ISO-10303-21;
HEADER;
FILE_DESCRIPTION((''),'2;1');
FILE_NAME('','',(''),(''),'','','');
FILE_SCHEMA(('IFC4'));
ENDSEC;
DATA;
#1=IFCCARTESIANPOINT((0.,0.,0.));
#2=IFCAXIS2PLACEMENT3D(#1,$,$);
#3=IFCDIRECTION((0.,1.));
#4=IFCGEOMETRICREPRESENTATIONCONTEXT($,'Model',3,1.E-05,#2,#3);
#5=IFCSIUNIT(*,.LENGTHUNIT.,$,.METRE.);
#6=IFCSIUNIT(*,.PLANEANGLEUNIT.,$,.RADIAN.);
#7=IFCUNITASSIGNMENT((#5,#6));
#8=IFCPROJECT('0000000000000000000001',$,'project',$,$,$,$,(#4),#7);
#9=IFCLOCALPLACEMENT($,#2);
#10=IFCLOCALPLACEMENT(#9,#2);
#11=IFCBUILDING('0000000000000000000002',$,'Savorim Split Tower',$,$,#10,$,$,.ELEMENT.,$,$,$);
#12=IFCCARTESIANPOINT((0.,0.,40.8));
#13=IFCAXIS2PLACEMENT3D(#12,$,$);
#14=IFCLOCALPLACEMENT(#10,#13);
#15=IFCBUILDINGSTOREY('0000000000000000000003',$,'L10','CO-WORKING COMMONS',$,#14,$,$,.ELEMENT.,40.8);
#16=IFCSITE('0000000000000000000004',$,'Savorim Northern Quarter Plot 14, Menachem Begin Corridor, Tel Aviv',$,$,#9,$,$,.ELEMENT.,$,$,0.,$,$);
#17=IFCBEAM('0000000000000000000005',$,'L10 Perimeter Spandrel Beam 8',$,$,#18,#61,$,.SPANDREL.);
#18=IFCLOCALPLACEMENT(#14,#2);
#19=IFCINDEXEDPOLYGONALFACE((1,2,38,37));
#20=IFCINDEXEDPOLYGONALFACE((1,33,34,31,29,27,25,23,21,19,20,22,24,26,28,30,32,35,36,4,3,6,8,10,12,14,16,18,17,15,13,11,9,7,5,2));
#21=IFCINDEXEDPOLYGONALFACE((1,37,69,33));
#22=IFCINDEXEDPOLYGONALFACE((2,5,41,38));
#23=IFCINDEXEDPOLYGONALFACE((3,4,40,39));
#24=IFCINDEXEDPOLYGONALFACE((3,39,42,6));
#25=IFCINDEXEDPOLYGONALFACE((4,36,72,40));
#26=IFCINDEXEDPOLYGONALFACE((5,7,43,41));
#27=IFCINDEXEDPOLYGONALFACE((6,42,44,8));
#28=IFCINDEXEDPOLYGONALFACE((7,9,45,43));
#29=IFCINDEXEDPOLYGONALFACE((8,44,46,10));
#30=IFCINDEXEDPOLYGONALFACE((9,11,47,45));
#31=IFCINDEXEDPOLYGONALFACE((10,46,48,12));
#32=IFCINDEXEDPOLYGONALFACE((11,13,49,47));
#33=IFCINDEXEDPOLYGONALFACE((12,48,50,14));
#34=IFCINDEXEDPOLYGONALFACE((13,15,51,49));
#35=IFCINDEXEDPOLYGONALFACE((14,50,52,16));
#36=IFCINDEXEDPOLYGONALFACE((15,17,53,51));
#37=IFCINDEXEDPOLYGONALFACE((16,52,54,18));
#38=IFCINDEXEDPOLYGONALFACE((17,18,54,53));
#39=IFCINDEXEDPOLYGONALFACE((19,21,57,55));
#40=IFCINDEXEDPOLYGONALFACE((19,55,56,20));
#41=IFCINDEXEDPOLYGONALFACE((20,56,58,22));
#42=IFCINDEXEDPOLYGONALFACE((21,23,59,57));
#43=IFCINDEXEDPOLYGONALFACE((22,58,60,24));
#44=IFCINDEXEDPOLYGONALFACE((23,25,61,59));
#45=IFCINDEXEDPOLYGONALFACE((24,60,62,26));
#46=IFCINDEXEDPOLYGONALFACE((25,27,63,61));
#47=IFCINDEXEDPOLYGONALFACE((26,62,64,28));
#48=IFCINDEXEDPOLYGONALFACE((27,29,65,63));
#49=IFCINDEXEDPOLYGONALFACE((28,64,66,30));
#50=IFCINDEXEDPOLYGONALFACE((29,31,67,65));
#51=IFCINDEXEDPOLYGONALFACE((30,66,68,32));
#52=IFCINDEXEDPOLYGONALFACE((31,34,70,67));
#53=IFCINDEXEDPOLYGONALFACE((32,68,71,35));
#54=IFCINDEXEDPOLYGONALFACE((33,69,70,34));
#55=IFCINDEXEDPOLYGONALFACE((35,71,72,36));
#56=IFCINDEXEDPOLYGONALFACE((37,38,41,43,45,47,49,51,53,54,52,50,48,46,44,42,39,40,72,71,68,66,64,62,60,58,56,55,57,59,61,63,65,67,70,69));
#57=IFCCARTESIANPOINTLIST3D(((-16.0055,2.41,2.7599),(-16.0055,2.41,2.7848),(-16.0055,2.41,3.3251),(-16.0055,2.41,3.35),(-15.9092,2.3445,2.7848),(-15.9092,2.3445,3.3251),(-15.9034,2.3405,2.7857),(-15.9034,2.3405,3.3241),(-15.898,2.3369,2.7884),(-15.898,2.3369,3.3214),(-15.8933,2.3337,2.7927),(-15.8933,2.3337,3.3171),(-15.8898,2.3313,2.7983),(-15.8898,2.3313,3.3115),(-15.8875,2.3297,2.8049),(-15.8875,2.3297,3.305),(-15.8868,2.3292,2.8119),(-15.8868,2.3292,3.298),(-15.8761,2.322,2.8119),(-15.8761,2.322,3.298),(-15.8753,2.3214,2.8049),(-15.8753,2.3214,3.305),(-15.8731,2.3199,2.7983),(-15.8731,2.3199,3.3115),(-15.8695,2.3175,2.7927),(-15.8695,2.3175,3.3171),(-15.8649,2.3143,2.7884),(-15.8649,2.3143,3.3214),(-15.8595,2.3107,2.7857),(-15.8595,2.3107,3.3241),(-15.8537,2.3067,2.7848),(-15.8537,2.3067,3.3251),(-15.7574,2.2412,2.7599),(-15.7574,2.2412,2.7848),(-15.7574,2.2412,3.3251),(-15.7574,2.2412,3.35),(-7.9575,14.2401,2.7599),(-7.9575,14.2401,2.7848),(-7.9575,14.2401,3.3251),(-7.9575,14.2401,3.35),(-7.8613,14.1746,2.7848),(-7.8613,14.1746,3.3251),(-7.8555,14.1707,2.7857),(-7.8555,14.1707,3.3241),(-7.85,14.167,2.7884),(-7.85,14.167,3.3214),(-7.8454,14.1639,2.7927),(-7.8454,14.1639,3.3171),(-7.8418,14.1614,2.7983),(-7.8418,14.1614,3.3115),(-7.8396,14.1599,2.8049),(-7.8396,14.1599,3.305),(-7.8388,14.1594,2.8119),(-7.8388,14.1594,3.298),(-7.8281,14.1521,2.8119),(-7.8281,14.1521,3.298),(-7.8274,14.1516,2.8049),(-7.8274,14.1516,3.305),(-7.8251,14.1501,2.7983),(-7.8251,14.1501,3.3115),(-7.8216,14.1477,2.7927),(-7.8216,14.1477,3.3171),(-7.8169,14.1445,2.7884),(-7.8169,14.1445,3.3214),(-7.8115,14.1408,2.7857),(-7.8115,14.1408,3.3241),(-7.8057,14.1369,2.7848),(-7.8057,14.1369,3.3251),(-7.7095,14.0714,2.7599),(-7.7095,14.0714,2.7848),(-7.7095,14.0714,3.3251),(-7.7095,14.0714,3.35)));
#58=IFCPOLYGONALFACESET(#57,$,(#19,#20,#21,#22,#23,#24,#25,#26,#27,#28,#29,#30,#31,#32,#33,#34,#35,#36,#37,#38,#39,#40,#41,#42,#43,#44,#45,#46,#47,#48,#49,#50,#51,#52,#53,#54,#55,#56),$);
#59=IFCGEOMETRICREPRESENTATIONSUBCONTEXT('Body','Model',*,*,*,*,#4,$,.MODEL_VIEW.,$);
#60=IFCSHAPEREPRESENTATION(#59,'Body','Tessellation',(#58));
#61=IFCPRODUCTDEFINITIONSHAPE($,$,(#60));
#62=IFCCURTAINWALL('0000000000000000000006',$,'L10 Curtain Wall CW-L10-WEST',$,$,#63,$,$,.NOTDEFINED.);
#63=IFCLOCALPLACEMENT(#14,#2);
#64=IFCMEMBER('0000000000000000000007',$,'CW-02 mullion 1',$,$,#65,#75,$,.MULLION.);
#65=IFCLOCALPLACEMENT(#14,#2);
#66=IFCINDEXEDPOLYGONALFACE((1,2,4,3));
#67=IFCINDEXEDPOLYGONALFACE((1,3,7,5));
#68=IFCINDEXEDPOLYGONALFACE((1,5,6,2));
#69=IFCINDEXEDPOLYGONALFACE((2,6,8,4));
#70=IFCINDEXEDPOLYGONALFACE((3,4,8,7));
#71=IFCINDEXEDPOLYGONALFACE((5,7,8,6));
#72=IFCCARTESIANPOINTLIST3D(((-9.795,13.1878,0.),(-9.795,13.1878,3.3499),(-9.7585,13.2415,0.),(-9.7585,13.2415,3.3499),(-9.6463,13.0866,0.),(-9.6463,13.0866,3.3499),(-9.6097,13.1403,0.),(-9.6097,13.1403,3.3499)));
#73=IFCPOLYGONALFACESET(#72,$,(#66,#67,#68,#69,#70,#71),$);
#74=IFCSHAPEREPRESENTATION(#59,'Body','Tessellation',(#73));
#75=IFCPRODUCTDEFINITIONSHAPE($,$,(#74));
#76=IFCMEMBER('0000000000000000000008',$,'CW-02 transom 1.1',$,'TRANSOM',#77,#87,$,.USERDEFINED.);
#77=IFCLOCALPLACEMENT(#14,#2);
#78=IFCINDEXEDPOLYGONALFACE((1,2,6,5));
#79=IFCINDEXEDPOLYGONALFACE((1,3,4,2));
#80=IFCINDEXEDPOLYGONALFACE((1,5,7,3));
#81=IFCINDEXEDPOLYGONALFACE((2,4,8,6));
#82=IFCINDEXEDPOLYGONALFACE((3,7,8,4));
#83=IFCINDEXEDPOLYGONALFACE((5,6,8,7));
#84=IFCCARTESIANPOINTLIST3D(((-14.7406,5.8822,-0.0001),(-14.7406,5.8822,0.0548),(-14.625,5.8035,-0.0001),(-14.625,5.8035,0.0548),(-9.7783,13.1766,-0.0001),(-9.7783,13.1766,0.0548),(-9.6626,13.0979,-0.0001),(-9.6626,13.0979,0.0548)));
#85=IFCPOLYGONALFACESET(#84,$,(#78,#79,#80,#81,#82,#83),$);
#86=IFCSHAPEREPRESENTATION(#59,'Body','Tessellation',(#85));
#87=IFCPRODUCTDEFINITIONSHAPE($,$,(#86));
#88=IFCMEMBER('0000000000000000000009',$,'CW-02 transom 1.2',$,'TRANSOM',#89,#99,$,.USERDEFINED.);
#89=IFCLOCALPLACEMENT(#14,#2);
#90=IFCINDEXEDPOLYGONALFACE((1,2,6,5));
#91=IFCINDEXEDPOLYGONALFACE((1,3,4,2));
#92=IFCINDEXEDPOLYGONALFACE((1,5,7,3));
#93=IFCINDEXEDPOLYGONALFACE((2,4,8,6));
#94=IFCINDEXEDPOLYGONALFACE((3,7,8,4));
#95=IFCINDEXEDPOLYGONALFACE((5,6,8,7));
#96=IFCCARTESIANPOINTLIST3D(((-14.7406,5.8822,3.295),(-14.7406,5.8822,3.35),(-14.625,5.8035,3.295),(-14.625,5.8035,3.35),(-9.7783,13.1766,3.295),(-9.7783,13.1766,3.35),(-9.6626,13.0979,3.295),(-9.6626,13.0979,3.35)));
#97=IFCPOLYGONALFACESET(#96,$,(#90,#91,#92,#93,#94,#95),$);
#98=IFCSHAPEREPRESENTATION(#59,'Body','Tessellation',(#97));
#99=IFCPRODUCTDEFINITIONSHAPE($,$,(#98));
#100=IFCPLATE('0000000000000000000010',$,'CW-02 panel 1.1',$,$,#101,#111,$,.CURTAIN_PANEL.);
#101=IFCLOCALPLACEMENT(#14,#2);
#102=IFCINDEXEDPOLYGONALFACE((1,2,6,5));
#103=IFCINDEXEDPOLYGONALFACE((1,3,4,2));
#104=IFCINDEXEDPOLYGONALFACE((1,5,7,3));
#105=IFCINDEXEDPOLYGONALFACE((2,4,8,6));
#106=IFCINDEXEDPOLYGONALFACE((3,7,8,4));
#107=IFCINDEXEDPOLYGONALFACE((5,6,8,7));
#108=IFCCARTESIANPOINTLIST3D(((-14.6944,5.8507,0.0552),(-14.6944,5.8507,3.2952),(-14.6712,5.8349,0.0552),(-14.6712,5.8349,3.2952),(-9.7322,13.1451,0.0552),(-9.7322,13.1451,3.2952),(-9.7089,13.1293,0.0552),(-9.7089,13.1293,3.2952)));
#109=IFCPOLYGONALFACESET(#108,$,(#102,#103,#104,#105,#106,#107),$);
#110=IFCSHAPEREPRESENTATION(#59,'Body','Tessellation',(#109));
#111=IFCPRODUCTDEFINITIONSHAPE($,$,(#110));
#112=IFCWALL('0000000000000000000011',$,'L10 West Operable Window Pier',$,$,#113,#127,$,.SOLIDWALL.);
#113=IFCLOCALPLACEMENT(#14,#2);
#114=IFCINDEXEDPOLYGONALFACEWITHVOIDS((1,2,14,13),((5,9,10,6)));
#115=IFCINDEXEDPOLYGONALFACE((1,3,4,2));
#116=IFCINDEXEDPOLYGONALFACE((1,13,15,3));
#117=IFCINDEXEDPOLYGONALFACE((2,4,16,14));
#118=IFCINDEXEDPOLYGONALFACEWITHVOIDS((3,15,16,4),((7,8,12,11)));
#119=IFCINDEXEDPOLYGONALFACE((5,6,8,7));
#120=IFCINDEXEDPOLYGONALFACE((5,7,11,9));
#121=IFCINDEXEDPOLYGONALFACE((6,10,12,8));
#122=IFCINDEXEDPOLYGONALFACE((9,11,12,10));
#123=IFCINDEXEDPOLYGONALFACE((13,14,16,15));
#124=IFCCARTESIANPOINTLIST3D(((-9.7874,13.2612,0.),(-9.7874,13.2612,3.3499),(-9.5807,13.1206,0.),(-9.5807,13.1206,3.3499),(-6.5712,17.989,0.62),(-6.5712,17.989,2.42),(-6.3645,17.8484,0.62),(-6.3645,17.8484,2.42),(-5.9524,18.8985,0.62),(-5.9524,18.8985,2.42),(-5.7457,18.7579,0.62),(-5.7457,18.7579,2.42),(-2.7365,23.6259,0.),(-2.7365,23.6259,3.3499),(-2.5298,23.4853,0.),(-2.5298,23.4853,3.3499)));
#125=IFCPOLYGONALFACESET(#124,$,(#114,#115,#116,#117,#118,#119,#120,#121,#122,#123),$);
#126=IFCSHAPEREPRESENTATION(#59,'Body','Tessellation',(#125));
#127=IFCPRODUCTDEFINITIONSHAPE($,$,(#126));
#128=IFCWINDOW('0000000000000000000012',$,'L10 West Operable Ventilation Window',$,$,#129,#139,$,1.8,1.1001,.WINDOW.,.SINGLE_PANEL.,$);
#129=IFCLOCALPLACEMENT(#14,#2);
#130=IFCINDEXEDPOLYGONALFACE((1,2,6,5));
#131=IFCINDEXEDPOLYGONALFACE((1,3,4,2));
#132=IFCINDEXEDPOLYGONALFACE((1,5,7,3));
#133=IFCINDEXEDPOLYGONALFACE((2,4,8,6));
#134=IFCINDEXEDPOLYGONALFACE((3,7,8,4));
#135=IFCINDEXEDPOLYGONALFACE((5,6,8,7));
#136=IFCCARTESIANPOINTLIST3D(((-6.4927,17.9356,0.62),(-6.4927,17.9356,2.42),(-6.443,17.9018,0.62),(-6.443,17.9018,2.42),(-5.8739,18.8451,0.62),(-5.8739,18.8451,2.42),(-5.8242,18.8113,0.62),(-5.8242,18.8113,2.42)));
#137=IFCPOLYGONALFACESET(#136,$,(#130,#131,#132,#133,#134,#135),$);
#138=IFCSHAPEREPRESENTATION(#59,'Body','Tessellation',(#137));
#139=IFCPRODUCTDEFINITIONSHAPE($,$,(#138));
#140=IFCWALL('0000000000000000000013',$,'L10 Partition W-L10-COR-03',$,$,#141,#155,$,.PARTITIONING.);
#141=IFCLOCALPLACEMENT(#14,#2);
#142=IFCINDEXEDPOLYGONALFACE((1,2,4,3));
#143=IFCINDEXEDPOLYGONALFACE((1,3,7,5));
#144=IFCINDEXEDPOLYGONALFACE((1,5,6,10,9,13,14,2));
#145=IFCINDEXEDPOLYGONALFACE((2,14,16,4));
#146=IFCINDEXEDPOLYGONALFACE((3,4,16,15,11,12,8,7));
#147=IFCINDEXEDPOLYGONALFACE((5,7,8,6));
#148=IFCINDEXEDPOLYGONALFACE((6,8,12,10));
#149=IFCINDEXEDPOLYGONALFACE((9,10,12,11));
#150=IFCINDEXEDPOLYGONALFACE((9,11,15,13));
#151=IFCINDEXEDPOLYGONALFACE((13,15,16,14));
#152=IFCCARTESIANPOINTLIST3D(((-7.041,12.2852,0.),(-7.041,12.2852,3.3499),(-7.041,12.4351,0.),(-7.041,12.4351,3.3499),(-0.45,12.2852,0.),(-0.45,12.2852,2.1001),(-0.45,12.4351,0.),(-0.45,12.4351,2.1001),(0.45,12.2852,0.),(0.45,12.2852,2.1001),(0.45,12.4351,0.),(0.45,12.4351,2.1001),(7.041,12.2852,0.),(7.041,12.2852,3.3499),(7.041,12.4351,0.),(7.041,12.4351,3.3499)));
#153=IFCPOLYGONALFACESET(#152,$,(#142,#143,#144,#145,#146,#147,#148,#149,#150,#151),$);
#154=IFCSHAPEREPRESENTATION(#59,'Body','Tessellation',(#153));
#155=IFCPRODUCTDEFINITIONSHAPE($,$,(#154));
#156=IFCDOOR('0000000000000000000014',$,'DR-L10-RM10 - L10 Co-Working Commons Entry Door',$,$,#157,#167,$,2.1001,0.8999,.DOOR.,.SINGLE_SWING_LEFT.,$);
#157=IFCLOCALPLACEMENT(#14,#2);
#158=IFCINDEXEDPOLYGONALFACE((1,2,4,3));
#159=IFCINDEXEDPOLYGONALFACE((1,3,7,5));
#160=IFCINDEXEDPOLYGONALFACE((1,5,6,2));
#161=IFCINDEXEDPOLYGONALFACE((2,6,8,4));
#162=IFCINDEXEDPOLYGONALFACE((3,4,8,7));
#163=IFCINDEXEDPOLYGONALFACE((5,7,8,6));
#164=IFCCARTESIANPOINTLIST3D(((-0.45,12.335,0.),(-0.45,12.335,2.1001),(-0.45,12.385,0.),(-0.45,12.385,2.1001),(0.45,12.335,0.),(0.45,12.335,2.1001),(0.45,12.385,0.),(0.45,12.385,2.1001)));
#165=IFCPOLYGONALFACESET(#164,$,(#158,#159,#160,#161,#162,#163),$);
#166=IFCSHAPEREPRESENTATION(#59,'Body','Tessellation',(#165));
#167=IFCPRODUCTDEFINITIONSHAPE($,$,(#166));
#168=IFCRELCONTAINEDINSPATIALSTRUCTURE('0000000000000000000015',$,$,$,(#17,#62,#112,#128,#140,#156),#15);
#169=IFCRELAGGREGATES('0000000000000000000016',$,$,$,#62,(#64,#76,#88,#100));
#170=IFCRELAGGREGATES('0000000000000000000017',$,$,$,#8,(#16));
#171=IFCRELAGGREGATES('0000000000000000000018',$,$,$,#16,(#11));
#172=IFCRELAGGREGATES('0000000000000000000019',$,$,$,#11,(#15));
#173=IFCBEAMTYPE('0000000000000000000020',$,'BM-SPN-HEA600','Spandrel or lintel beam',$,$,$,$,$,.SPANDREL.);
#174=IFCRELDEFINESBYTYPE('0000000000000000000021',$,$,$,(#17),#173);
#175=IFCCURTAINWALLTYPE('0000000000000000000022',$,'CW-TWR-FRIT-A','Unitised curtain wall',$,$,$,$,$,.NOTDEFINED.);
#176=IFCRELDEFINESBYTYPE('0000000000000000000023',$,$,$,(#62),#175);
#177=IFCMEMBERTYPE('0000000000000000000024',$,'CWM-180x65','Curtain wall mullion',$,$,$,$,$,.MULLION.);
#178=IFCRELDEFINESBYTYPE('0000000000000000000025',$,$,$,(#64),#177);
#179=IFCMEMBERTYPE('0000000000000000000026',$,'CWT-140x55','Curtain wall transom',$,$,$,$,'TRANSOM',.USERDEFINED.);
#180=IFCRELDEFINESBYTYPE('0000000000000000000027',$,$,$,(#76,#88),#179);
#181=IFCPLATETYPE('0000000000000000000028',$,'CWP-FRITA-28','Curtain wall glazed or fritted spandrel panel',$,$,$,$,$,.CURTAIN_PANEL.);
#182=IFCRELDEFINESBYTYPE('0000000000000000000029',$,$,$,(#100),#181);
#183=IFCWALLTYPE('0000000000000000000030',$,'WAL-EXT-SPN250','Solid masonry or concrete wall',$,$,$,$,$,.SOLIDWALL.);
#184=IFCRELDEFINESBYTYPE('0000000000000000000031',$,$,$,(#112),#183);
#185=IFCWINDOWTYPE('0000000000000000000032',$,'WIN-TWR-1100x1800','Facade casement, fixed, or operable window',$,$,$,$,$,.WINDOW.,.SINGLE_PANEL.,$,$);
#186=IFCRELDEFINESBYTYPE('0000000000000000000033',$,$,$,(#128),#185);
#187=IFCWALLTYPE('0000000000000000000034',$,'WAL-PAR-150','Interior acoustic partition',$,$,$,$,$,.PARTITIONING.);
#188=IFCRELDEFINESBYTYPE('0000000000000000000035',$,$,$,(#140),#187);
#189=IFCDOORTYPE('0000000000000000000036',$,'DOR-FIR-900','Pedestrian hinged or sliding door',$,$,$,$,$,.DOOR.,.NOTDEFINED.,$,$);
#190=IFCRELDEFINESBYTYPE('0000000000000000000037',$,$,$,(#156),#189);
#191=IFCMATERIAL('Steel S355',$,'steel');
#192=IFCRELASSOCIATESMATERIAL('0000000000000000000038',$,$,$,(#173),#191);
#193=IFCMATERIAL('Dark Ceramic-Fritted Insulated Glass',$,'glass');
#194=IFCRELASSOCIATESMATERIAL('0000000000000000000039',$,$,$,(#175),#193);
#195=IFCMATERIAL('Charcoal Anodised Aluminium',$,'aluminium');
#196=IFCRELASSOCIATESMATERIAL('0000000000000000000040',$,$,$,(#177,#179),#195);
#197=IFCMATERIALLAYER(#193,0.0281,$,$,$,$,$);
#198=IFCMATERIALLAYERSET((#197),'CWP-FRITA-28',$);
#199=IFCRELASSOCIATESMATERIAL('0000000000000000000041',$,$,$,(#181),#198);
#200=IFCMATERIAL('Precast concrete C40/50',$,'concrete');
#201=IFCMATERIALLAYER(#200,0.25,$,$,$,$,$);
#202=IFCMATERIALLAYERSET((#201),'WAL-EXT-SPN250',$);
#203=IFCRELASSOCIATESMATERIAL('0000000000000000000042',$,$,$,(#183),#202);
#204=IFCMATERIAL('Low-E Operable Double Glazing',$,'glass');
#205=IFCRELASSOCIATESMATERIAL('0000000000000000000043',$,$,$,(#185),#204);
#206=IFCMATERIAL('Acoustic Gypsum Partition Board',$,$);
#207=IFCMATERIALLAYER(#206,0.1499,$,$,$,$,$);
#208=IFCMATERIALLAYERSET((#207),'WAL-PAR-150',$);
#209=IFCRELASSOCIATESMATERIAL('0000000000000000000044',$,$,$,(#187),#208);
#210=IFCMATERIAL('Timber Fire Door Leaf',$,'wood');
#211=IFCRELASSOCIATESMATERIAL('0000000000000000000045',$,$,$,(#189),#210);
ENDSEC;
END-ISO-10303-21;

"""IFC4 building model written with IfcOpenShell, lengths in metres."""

from ifc_helpers import new_model, si_unit, direction, frame, frame_2d, origin, origin_2d, place, context, subcontext, project, spatial, rectangle, i_section, extrude, material, layer, layer_set, material_profile, profile_set, type_object, element, fill, aggregate, save


model = new_model("IFC4")

# Units and contexts
model_context = context("Model", 3, precision=1e-05, world=origin(), true_north=direction((0.0, 1.0)))
body_context = subcontext(model_context, "Body", "Model", "MODEL_VIEW")
ifc_project = project(units=[si_unit("LENGTHUNIT", "METRE"), si_unit("PLANEANGLEUNIT", "RADIAN")], contexts=[model_context])

# Site, building, storey
site_placement = place(None, origin())
site = spatial("IfcSite", under=ifc_project, at=site_placement, Name="Savorim Northern Quarter Plot 14, Menachem Begin Corridor, Tel Aviv", CompositionType="ELEMENT", RefElevation=0.0)
building_placement = place(site_placement, origin())
building = spatial("IfcBuilding", under=site, at=building_placement, Name="Savorim Split Tower", CompositionType="ELEMENT")
storey_placement = place(building_placement, frame((0.0, 0.0, 40.8)))
storey = spatial("IfcBuildingStorey", under=building, at=storey_placement, Name="L10", Description="CO-WORKING COMMONS", CompositionType="ELEMENT", Elevation=40.8)

# Beam
ifc_material_1 = material(Name="Steel S355", Category="steel")
ifc_material_profile_1 = material_profile(ifc_material_1, i_section(OverallWidth=0.3, OverallDepth=0.5901, WebThickness=0.0129, FlangeThickness=0.0249, FilletRadius=0.0271, at=origin_2d()), Name="HEA 600")
ifc_profile_set_1 = profile_set([ifc_material_profile_1], Name="Steel S355")
beam_type_1 = type_object("IfcBeamType", Name="BM-SPN-HEA600", Description="Spandrel or lintel beam", PredefinedType="SPANDREL", material=ifc_profile_set_1)
beam_1_placement = place(storey_placement, frame((-7.8335, 14.1558, 3.0549), z_axis=(-0.562472, -0.826816, 0.0), x_axis=(0.826816, -0.562472, 0.0)))
element("IfcBeam", 1, at=beam_1_placement, inside=storey, type_object=beam_type_1, Name="L10 Perimeter Spandrel Beam 8", PredefinedType="SPANDREL", context=body_context, shape_type="SweptSolid", body=[
    extrude(i_section(OverallWidth=0.3, OverallDepth=0.5901, WebThickness=0.0129, FlangeThickness=0.0249, FilletRadius=0.0271, at=origin_2d()), origin(), (0.0, 0.0, 1.0), 14.3081),
])

# Curtain wall, members, plate
ifc_material_2 = material(Name="Dark Ceramic-Fritted Insulated Glass", Category="glass")
curtain_wall_type = type_object("IfcCurtainWallType", Name="CW-TWR-FRIT-A", Description="Unitised curtain wall", PredefinedType="NOTDEFINED", material=ifc_material_2)
curtain_wall_placement = place(storey_placement, origin())
curtain_wall = element("IfcCurtainWall", 2, at=curtain_wall_placement, inside=storey, type_object=curtain_wall_type, Name="L10 Curtain Wall CW-L10-WEST", PredefinedType="NOTDEFINED")
ifc_material_3 = material(Name="Charcoal Anodised Aluminium", Category="aluminium")
ifc_material_profile_2 = material_profile(ifc_material_3, rectangle(XDim=0.1799, YDim=0.0649, at=origin_2d()), Name="ALU-M 180x65")
ifc_profile_set_2 = profile_set([ifc_material_profile_2], Name="Charcoal Anodised Aluminium")
member_type_1 = type_object("IfcMemberType", Name="CWM-180x65", Description="Curtain wall mullion", PredefinedType="MULLION", material=ifc_profile_set_2)
member_1_placement = place(storey_placement, frame((-9.7024, 13.1641, 0.0), z_axis=(0.0, 0.0, 1.0), x_axis=(0.826821, -0.562465, 0.0)))
member_1 = element("IfcMember", 3, at=member_1_placement, type_object=member_type_1, Name="CW-02 mullion 1", PredefinedType="MULLION", context=body_context, shape_type="SweptSolid", body=[
    extrude(rectangle(XDim=0.1799, YDim=0.0649, at=origin_2d()), origin(), (0.0, 0.0, 1.0), 3.3499),
])
ifc_material_profile_3 = material_profile(ifc_material_3, rectangle(XDim=0.1399, YDim=0.0549, at=origin_2d()), Name="ALU-T 140x55")
ifc_profile_set_3 = profile_set([ifc_material_profile_3], Name="Charcoal Anodised Aluminium")
member_type_2 = type_object("IfcMemberType", Name="CWT-140x55", Description="Curtain wall transom", ElementType="TRANSOM", PredefinedType="USERDEFINED", material=ifc_profile_set_3)
member_2_placement = place(storey_placement, frame((-9.7205, 13.1372, 0.0273), z_axis=(-0.56248, -0.826811, 0.0), x_axis=(0.826811, -0.56248, 0.0)))
member_2 = element("IfcMember", 4, at=member_2_placement, type_object=member_type_2, Name="CW-02 transom 1.1", ObjectType="TRANSOM", PredefinedType="USERDEFINED", context=body_context, shape_type="SweptSolid", body=[
    extrude(rectangle(XDim=0.1399, YDim=0.0549, at=origin_2d()), origin(), (0.0, 0.0, 1.0), 8.8223),
])
member_3_placement = place(storey_placement, frame((-9.7205, 13.1372, 3.3225), z_axis=(-0.56248, -0.826811, 0.0), x_axis=(0.826811, -0.56248, 0.0)))
member_3 = element("IfcMember", 5, at=member_3_placement, type_object=member_type_2, Name="CW-02 transom 1.2", ObjectType="TRANSOM", PredefinedType="USERDEFINED", context=body_context, shape_type="SweptSolid", body=[
    extrude(rectangle(XDim=0.1399, YDim=0.0549, at=origin_2d()), origin(), (0.0, 0.0, 1.0), 8.8223),
])
ifc_layer_1 = layer(ifc_material_2, 0.0281)
ifc_layer_set_1 = layer_set([ifc_layer_1], Name="CWP-FRITA-28")
plate_type = type_object("IfcPlateType", Name="CWP-FRITA-28", Description="Curtain wall glazed or fritted spandrel panel", PredefinedType="CURTAIN_PANEL", material=ifc_layer_set_1)
plate_placement = place(storey_placement, frame((-12.2017, 9.49, 0.0552), z_axis=(0.0, 0.0, 1.0), x_axis=(-0.562465, -0.826821, 0.0)))
plate = element("IfcPlate", 6, at=plate_placement, type_object=plate_type, Name="CW-02 panel 1.1", PredefinedType="CURTAIN_PANEL", context=body_context, shape_type="SweptSolid", body=[
    extrude(rectangle(XDim=8.8223, YDim=0.0281, at=origin_2d()), origin(), (0.0, 0.0, 1.0), 3.24),
])
aggregate(curtain_wall, [member_1, member_2, member_3, plate])

# Shared definitions
ifc_material_4 = material(Name="Precast concrete C40/50", Category="concrete")

# Wall, opening, window
ifc_layer_2 = layer(ifc_material_4, 0.25)
ifc_layer_set_2 = layer_set([ifc_layer_2], Name="WAL-EXT-SPN250")
wall_type_1 = type_object("IfcWallType", Name="WAL-EXT-SPN250", Description="Solid masonry or concrete wall", PredefinedType="SOLIDWALL", material=ifc_layer_set_2)
wall_1_placement = place(storey_placement, frame((-9.6841, 13.1909, 0.0), z_axis=(0.0, 0.0, 1.0), x_axis=(0.562474, 0.826815, 0.0)))
wall_1 = element("IfcWall", 7, at=wall_1_placement, inside=storey, type_object=wall_type_1, Name="L10 West Operable Window Pier", PredefinedType="SOLIDWALL", context=body_context, shape_type="SweptSolid", body=[
    extrude(rectangle(XDim=12.5356, YDim=0.25, at=frame_2d((6.2678, 0.0))), origin(), (0.0, 0.0, 1.0), 3.3499),
])
opening_1_placement = place(wall_1_placement, frame((5.718, 0.0, 0.6201)))
opening_1 = element("IfcOpeningElement", 8, at=opening_1_placement, cuts=wall_1, PredefinedType="OPENING", context=body_context, shape_type="SweptSolid", body=[
    extrude(rectangle(XDim=1.1001, YDim=1.8, at=frame_2d((0.55, 0.8999))), frame((0.0, 0.135, 0.0), z_axis=(0.0, -1.0, 0.0), x_axis=(1.0, 0.0, 0.0)), (0.0, 0.0, 1.0), 0.27),
])
ifc_material_5 = material(Name="Low-E Operable Double Glazing", Category="glass")
window_type = type_object("IfcWindowType", Name="WIN-TWR-1100x1800", Description="Facade casement, fixed, or operable window", PartitioningType="SINGLE_PANEL", PredefinedType="WINDOW", material=ifc_material_5)
window_placement = place(opening_1_placement, origin())
window = element("IfcWindow", 9, at=window_placement, inside=storey, type_object=window_type, Name="L10 West Operable Ventilation Window", OverallHeight=1.8, OverallWidth=1.1001, PartitioningType="SINGLE_PANEL", PredefinedType="WINDOW", context=body_context, shape_type="SweptSolid", body=[
    extrude(rectangle(XDim=1.1001, YDim=1.8, at=frame_2d((0.55, 0.8999))), frame((0.0, 0.03, 0.0), z_axis=(0.0, -1.0, 0.0), x_axis=(1.0, 0.0, 0.0)), (0.0, 0.0, 1.0), 0.0601),
])
fill(opening_1, window)

# Wall, opening, door
ifc_material_6 = material(Name="Acoustic Gypsum Partition Board")
ifc_layer_3 = layer(ifc_material_6, 0.1499)
ifc_layer_set_3 = layer_set([ifc_layer_3], Name="WAL-PAR-150")
wall_type_2 = type_object("IfcWallType", Name="WAL-PAR-150", Description="Interior acoustic partition", PredefinedType="PARTITIONING", material=ifc_layer_set_3)
wall_2_placement = place(storey_placement, frame((-7.041, 12.3601, 0.0), z_axis=(0.0, 0.0, 1.0), x_axis=(1.0, 0.0, 0.0)))
wall_2 = element("IfcWall", 10, at=wall_2_placement, inside=storey, type_object=wall_type_2, Name="L10 Partition W-L10-COR-03", PredefinedType="PARTITIONING", context=body_context, shape_type="SweptSolid", body=[
    extrude(rectangle(XDim=14.082, YDim=0.1499, at=frame_2d((7.041, 0.0))), origin(), (0.0, 0.0, 1.0), 3.3499),
])
opening_2_placement = place(wall_2_placement, frame((6.5911, 0.0, 0.0)))
opening_2 = element("IfcOpeningElement", 11, at=opening_2_placement, cuts=wall_2, PredefinedType="OPENING", context=body_context, shape_type="SweptSolid", body=[
    extrude(rectangle(XDim=0.8999, YDim=2.1001, at=frame_2d((0.45, 1.05))), frame((0.0, 0.085, 0.0), z_axis=(0.0, -1.0, 0.0), x_axis=(1.0, 0.0, 0.0)), (0.0, 0.0, 1.0), 0.1699),
])
ifc_material_7 = material(Name="Timber Fire Door Leaf", Category="wood")
door_type_1 = type_object("IfcDoorType", Name="DOR-FIR-900", Description="Pedestrian hinged or sliding door", OperationType="NOTDEFINED", PredefinedType="DOOR", material=ifc_material_7)
door_1_placement = place(opening_2_placement, origin())
door_1 = element("IfcDoor", 12, at=door_1_placement, inside=storey, type_object=door_type_1, Name="DR-L10-RM10 - L10 Co-Working Commons Entry Door", OperationType="SINGLE_SWING_LEFT", OverallHeight=2.1001, OverallWidth=0.8999, PredefinedType="DOOR", context=body_context, shape_type="SweptSolid", body=[
    extrude(rectangle(XDim=0.8999, YDim=2.1001, at=frame_2d((0.45, 1.05))), frame((0.0, 0.0249, 0.0), z_axis=(0.0, -1.0, 0.0), x_axis=(1.0, 0.0, 0.0)), (0.0, 0.0, 1.0), 0.05),
])
fill(opening_2, door_1)

save(model, "model.ifc")
